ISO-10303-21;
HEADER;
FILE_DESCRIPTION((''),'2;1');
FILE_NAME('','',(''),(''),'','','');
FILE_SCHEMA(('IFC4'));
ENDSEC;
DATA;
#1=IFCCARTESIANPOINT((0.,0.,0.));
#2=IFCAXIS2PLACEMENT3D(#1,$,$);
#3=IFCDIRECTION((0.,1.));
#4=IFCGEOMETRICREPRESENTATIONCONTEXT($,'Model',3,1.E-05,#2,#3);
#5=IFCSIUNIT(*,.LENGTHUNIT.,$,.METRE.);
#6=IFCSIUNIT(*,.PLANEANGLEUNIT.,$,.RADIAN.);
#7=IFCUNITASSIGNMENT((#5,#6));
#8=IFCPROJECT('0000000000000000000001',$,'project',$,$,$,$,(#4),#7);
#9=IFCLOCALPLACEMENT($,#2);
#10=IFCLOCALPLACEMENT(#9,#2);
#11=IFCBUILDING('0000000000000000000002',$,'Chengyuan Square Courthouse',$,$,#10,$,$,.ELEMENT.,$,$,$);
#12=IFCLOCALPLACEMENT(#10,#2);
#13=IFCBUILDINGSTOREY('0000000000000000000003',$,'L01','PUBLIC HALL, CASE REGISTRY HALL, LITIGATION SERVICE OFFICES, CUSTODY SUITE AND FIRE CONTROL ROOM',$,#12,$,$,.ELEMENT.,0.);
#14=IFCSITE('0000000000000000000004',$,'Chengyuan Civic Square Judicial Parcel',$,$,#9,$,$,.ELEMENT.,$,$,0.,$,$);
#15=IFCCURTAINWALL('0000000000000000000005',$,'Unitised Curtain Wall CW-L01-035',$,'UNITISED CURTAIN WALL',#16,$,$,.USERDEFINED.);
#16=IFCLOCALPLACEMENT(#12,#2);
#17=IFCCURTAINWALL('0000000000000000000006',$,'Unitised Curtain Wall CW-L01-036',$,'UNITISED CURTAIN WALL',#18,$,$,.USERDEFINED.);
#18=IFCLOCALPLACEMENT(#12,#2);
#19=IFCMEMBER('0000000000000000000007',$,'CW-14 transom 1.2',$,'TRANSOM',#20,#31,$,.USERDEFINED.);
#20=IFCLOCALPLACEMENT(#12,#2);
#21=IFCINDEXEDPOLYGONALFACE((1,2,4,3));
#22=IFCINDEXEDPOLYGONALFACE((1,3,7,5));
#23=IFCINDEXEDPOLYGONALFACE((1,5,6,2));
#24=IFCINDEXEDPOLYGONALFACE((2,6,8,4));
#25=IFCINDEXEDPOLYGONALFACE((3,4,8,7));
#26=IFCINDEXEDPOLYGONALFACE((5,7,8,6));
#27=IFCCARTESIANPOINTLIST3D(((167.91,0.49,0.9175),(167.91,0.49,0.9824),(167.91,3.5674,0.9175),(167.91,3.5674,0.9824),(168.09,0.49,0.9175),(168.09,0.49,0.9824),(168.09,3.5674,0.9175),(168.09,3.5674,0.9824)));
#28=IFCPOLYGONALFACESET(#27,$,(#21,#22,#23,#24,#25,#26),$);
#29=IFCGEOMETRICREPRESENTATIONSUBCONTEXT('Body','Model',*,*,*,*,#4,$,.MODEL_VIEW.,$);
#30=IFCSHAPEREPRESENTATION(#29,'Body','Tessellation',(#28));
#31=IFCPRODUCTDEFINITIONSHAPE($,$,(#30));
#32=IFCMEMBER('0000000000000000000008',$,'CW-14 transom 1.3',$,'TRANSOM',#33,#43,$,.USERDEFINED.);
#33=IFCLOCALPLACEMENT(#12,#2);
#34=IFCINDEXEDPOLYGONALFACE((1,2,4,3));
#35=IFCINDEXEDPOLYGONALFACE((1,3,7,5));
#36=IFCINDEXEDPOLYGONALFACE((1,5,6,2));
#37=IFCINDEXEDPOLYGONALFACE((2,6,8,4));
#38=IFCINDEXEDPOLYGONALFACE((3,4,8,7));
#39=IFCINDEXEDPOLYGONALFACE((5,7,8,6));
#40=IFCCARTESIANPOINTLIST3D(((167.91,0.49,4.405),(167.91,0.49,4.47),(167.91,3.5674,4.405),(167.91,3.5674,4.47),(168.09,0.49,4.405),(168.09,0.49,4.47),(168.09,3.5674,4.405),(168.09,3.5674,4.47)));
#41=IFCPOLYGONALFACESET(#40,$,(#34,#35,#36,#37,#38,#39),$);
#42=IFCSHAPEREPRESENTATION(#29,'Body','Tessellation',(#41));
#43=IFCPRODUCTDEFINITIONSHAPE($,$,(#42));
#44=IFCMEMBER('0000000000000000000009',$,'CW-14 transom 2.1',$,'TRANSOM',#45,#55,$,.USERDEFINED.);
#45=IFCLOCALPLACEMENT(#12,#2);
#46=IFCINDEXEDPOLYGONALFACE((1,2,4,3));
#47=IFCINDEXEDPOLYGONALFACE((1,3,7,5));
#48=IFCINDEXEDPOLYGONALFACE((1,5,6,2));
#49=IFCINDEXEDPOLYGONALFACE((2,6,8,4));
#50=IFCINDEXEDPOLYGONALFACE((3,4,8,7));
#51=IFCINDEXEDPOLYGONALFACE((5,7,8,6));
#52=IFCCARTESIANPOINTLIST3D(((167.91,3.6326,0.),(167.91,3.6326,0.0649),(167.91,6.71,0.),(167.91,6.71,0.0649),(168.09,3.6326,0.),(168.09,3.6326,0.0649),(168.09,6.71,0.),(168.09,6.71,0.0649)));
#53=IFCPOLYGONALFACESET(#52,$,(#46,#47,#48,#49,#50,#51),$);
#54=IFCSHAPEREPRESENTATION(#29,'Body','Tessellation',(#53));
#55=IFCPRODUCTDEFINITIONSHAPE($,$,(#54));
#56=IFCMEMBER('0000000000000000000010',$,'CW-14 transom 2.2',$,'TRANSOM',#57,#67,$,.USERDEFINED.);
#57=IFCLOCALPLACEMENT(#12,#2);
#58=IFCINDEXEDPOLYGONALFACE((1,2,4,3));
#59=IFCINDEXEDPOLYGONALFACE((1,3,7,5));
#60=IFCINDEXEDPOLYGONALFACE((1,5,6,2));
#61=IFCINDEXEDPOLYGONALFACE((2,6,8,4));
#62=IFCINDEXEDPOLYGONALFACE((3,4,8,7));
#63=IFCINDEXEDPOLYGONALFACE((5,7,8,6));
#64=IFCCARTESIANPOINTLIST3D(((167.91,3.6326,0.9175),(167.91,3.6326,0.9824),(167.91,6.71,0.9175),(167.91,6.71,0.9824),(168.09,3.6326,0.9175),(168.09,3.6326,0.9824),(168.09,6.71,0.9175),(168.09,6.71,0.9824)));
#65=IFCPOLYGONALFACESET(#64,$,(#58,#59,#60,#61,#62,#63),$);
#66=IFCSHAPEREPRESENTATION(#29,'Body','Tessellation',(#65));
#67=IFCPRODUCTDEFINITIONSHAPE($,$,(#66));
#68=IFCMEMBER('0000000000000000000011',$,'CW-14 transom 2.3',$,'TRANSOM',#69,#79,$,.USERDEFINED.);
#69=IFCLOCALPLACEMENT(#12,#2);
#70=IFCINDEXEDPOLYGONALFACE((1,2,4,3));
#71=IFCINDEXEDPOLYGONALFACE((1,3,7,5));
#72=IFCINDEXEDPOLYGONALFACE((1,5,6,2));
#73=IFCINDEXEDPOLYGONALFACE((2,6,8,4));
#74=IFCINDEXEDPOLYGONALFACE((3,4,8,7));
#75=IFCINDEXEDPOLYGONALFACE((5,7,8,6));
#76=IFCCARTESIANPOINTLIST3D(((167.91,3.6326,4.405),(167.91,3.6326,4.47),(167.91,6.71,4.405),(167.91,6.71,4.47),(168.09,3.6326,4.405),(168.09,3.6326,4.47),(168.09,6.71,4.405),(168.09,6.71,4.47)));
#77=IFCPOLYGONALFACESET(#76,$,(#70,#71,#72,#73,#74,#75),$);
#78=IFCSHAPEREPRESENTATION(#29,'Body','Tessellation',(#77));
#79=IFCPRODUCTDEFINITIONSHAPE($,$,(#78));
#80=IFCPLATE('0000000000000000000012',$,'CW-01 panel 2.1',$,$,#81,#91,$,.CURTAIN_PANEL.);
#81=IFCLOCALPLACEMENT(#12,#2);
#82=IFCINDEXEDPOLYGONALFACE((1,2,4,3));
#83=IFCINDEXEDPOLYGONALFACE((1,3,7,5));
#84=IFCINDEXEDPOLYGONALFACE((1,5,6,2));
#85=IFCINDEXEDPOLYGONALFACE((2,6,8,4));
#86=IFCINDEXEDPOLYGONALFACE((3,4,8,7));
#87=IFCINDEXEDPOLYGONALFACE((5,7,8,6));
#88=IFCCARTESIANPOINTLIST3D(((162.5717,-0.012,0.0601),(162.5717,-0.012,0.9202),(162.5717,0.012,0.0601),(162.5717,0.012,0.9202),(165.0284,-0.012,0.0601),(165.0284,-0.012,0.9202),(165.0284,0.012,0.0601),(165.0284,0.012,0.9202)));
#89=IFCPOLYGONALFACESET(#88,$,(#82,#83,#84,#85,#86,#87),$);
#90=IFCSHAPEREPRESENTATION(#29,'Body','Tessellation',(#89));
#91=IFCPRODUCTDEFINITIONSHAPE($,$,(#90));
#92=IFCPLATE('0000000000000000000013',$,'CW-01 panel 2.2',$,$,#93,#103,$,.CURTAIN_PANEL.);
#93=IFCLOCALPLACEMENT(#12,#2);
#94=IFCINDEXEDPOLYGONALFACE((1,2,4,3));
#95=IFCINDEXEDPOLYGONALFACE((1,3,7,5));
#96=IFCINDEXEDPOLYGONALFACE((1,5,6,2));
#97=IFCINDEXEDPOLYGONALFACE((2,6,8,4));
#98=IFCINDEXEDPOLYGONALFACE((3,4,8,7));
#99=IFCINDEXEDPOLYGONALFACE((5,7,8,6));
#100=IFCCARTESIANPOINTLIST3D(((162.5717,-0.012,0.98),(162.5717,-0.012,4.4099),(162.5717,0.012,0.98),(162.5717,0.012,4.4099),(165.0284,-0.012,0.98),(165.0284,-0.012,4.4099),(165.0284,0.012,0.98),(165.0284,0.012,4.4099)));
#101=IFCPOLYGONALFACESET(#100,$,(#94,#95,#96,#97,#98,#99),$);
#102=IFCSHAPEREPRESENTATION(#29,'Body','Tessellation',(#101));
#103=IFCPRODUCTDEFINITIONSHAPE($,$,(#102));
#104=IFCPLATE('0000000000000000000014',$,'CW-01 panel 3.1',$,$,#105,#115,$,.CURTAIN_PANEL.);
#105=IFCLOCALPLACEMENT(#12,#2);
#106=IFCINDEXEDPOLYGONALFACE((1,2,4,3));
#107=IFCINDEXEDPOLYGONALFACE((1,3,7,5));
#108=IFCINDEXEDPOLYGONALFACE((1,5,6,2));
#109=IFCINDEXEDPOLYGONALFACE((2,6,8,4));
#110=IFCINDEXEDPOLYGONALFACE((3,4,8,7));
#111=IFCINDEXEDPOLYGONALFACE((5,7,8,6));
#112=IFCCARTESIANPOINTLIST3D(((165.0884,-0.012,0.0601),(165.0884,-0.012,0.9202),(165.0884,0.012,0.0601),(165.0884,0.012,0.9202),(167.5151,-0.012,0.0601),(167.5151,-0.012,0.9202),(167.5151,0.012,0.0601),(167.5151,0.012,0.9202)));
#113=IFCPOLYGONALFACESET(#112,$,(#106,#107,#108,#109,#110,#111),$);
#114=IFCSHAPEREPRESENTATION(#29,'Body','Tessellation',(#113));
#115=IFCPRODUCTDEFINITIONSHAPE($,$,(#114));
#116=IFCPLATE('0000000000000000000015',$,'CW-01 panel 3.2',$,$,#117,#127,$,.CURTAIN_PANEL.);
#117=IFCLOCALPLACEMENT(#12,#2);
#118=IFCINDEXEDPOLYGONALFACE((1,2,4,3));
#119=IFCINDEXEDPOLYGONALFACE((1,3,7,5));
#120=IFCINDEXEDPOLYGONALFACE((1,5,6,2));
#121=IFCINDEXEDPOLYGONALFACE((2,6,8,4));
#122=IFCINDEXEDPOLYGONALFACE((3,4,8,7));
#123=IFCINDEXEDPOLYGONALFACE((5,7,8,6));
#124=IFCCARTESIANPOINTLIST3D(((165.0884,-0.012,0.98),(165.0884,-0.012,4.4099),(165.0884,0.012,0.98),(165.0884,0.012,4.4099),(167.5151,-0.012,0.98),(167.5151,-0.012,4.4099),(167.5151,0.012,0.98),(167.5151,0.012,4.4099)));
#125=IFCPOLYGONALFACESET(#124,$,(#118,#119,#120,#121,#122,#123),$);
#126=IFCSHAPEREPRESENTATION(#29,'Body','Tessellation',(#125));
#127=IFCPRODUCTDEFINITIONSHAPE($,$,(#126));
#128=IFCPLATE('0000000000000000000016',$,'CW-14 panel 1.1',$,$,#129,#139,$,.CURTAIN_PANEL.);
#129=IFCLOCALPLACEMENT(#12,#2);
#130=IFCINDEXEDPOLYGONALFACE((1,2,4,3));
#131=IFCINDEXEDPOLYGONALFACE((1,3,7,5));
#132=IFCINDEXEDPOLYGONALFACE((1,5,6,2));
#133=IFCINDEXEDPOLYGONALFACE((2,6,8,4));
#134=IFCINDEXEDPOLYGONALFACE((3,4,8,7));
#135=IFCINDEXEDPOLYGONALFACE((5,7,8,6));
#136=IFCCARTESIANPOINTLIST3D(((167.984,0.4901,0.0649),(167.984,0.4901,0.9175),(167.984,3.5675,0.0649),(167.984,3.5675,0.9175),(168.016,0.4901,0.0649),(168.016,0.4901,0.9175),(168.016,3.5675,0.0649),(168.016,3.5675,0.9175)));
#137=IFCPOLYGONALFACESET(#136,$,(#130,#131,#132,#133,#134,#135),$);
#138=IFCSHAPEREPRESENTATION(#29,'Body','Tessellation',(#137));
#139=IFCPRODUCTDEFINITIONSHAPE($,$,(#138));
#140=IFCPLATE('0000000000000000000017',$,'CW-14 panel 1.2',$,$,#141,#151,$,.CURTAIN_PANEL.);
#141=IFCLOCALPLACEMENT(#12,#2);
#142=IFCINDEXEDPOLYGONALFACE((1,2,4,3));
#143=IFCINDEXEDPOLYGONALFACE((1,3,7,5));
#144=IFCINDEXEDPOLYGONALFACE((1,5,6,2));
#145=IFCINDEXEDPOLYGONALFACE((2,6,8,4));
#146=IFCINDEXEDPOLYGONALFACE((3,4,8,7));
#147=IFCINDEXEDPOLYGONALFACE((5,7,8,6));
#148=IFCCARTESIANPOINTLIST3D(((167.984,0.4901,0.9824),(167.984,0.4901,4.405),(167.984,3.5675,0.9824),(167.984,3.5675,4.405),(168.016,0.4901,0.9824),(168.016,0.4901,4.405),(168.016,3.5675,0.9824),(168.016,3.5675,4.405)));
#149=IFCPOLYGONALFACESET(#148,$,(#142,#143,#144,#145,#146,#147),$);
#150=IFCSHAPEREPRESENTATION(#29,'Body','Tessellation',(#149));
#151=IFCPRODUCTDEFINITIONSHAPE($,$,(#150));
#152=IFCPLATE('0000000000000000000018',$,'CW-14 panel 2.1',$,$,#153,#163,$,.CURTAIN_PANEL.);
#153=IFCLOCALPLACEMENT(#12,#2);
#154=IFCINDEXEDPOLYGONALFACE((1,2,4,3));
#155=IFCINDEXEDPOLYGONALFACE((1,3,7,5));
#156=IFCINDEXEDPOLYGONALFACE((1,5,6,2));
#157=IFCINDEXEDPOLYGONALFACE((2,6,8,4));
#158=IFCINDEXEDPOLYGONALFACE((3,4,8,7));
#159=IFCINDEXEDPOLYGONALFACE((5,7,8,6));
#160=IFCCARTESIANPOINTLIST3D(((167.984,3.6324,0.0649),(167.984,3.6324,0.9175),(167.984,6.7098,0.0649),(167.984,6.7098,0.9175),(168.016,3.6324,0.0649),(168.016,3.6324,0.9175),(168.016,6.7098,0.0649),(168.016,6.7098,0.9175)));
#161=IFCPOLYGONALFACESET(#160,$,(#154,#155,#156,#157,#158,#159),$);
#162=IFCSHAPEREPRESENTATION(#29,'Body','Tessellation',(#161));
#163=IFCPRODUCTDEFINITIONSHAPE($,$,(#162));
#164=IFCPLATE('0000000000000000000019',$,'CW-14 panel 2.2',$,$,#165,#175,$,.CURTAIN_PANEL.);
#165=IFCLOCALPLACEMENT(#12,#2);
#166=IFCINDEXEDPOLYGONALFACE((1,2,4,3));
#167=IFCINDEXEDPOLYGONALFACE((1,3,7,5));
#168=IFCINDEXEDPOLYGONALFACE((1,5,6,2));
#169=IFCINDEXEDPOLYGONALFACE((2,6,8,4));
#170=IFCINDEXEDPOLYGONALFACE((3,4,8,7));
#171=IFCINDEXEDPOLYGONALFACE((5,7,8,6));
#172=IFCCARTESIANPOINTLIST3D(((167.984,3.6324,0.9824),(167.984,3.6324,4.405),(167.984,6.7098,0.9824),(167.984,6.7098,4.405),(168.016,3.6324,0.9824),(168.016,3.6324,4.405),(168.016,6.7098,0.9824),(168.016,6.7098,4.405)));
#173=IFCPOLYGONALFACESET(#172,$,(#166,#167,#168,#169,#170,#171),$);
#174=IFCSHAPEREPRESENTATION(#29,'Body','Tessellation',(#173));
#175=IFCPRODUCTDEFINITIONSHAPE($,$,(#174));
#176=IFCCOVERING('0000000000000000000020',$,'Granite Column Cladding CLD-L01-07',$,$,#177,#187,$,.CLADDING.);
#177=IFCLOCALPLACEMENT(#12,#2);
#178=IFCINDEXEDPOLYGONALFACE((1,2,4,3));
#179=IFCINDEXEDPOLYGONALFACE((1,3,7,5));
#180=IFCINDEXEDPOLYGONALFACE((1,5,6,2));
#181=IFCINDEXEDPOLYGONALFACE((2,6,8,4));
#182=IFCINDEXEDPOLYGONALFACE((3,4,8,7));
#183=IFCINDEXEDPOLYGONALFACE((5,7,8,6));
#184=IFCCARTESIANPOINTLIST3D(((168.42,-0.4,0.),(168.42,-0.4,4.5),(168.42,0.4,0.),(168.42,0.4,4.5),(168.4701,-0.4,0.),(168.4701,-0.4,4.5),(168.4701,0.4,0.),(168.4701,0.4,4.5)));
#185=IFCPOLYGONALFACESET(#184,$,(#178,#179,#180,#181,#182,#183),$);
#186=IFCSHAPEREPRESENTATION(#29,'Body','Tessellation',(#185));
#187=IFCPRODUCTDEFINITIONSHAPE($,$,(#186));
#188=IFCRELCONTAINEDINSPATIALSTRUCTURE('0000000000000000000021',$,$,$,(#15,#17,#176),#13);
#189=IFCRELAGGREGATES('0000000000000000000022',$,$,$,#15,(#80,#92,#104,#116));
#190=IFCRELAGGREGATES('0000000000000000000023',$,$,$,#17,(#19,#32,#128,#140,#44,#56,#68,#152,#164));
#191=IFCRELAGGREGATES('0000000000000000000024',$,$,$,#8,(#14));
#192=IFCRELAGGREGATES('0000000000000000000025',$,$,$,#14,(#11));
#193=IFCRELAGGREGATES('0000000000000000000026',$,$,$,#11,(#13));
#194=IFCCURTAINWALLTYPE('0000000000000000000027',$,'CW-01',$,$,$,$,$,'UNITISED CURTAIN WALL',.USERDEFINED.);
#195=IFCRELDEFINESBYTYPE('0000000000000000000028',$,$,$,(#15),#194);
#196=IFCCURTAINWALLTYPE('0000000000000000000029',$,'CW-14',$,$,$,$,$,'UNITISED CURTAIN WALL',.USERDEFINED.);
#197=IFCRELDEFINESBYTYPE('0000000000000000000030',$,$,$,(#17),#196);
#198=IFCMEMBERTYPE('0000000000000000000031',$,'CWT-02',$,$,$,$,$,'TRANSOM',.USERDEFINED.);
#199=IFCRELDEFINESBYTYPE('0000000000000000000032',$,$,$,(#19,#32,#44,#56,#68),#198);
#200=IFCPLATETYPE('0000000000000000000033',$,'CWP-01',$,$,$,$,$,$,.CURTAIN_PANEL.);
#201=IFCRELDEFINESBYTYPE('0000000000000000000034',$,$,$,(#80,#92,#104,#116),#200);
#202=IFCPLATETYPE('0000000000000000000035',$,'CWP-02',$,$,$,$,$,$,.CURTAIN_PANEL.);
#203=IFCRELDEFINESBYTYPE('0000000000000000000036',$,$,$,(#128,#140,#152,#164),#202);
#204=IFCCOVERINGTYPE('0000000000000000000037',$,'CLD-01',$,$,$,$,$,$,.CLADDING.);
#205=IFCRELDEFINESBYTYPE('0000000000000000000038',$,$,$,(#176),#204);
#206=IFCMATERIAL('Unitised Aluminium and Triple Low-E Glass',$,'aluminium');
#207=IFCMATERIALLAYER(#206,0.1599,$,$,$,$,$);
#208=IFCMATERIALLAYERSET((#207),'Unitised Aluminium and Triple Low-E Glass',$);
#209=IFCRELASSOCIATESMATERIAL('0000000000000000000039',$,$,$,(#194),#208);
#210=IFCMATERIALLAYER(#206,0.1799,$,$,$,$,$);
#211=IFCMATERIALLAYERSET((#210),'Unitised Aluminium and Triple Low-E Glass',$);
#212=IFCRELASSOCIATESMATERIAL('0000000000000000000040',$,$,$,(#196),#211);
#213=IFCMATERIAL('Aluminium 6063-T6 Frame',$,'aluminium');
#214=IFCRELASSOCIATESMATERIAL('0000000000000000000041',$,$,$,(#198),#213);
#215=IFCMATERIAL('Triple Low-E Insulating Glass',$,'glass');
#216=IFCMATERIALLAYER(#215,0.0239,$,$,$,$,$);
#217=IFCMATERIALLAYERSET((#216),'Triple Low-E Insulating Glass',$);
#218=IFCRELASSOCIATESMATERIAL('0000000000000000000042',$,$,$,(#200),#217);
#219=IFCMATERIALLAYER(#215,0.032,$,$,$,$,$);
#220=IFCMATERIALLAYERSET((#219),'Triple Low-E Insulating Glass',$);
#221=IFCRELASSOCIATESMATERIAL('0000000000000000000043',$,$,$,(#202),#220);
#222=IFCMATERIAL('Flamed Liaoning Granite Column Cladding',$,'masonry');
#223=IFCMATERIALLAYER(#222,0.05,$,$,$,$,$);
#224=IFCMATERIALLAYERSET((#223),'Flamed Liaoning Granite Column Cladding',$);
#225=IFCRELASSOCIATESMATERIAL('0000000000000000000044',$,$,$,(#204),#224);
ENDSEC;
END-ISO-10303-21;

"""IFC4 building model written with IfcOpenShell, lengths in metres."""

from ifc_helpers import new_model, si_unit, direction, frame, origin, origin_2d, place, context, subcontext, project, spatial, rectangle, extrude, material, layer, layer_set, material_profile, profile_set, type_object, element, aggregate, save


model = new_model("IFC4")

# Units and contexts
model_context = context("Model", 3, precision=1e-05, world=origin(), true_north=direction((0.0, 1.0)))
body_context = subcontext(model_context, "Body", "Model", "MODEL_VIEW")
ifc_project = project(units=[si_unit("LENGTHUNIT", "METRE"), si_unit("PLANEANGLEUNIT", "RADIAN")], contexts=[model_context])

# Site, building, storey
site_placement = place(None, origin())
site = spatial("IfcSite", under=ifc_project, at=site_placement, Name="Chengyuan Civic Square Judicial Parcel", CompositionType="ELEMENT", RefElevation=0.0)
building_placement = place(site_placement, origin())
building = spatial("IfcBuilding", under=site, at=building_placement, Name="Chengyuan Square Courthouse", CompositionType="ELEMENT")
storey_placement = place(building_placement, origin())
storey = spatial("IfcBuildingStorey", under=building, at=storey_placement, Name="L01", Description="PUBLIC HALL, CASE REGISTRY HALL, LITIGATION SERVICE OFFICES, CUSTODY SUITE AND FIRE CONTROL ROOM", CompositionType="ELEMENT", Elevation=0.0)

# Curtain walls
ifc_material_1 = material(Name="Unitised Aluminium and Triple Low-E Glass", Category="aluminium")
ifc_layer_1 = layer(ifc_material_1, 0.1599)
ifc_layer_set_1 = layer_set([ifc_layer_1], Name="Unitised Aluminium and Triple Low-E Glass")
curtain_wall_type_1 = type_object("IfcCurtainWallType", Name="CW-01", ElementType="UNITISED CURTAIN WALL", PredefinedType="USERDEFINED", material=ifc_layer_set_1)
curtain_wall_1_placement = place(storey_placement, origin())
curtain_wall_1 = element("IfcCurtainWall", 1, at=curtain_wall_1_placement, inside=storey, type_object=curtain_wall_type_1, Name="Unitised Curtain Wall CW-L01-035", ObjectType="UNITISED CURTAIN WALL", PredefinedType="USERDEFINED")
ifc_material_2 = material(Name="Aluminium 6063-T6 Frame", Category="aluminium")
ifc_layer_2 = layer(ifc_material_1, 0.1799)
ifc_layer_set_2 = layer_set([ifc_layer_2], Name="Unitised Aluminium and Triple Low-E Glass")
curtain_wall_type_2 = type_object("IfcCurtainWallType", Name="CW-14", ElementType="UNITISED CURTAIN WALL", PredefinedType="USERDEFINED", material=ifc_layer_set_2)
curtain_wall_2_placement = place(storey_placement, origin())
curtain_wall_2 = element("IfcCurtainWall", 2, at=curtain_wall_2_placement, inside=storey, type_object=curtain_wall_type_2, Name="Unitised Curtain Wall CW-L01-036", ObjectType="UNITISED CURTAIN WALL", PredefinedType="USERDEFINED")

# Members
ifc_material_profile_1 = material_profile(ifc_material_2, rectangle(XDim=0.1799, YDim=0.0649, at=origin_2d()), Name="CW-TRN-65x140")
ifc_profile_set_1 = profile_set([ifc_material_profile_1], Name="Aluminium 6063-T6 Frame")
member_type_1 = type_object("IfcMemberType", Name="CWT-02", ElementType="TRANSOM", PredefinedType="USERDEFINED", material=ifc_profile_set_1)
member_1_placement = place(storey_placement, frame((168.0, 0.49, 0.95), z_axis=(0.0, 1.0, 0.0), x_axis=(-1.0, 0.0, 0.0)))
member_1 = element("IfcMember", 3, at=member_1_placement, type_object=member_type_1, Name="CW-14 transom 1.2", ObjectType="TRANSOM", PredefinedType="USERDEFINED", context=body_context, shape_type="SweptSolid", body=[
    extrude(rectangle(XDim=0.1799, YDim=0.0649, at=origin_2d()), origin(), (0.0, 0.0, 1.0), 3.0774),
])
member_2_placement = place(storey_placement, frame((168.0, 0.49, 4.4375), z_axis=(0.0, 1.0, 0.0), x_axis=(-1.0, 0.0, 0.0)))
member_2 = element("IfcMember", 4, at=member_2_placement, type_object=member_type_1, Name="CW-14 transom 1.3", ObjectType="TRANSOM", PredefinedType="USERDEFINED", context=body_context, shape_type="SweptSolid", body=[
    extrude(rectangle(XDim=0.1799, YDim=0.0649, at=origin_2d()), origin(), (0.0, 0.0, 1.0), 3.0774),
])
member_3_placement = place(storey_placement, frame((168.0, 3.6326, 0.0325), z_axis=(0.0, 1.0, 0.0), x_axis=(-1.0, 0.0, 0.0)))
member_3 = element("IfcMember", 5, at=member_3_placement, type_object=member_type_1, Name="CW-14 transom 2.1", ObjectType="TRANSOM", PredefinedType="USERDEFINED", context=body_context, shape_type="SweptSolid", body=[
    extrude(rectangle(XDim=0.1799, YDim=0.0649, at=origin_2d()), origin(), (0.0, 0.0, 1.0), 3.0774),
])
member_4_placement = place(storey_placement, frame((168.0, 3.6326, 0.95), z_axis=(0.0, 1.0, 0.0), x_axis=(-1.0, 0.0, 0.0)))
member_4 = element("IfcMember", 6, at=member_4_placement, type_object=member_type_1, Name="CW-14 transom 2.2", ObjectType="TRANSOM", PredefinedType="USERDEFINED", context=body_context, shape_type="SweptSolid", body=[
    extrude(rectangle(XDim=0.1799, YDim=0.0649, at=origin_2d()), origin(), (0.0, 0.0, 1.0), 3.0774),
])
member_5_placement = place(storey_placement, frame((168.0, 3.6326, 4.4375), z_axis=(0.0, 1.0, 0.0), x_axis=(-1.0, 0.0, 0.0)))
member_5 = element("IfcMember", 7, at=member_5_placement, type_object=member_type_1, Name="CW-14 transom 2.3", ObjectType="TRANSOM", PredefinedType="USERDEFINED", context=body_context, shape_type="SweptSolid", body=[
    extrude(rectangle(XDim=0.1799, YDim=0.0649, at=origin_2d()), origin(), (0.0, 0.0, 1.0), 3.0774),
])

# Plates
ifc_material_3 = material(Name="Triple Low-E Insulating Glass", Category="glass")
ifc_layer_3 = layer(ifc_material_3, 0.0239)
ifc_layer_set_3 = layer_set([ifc_layer_3], Name="Triple Low-E Insulating Glass")
plate_type_1 = type_object("IfcPlateType", Name="CWP-01", PredefinedType="CURTAIN_PANEL", material=ifc_layer_set_3)
plate_1_placement = place(storey_placement, frame((163.8, 0.0, 0.0601), z_axis=(0.0, 0.0, 1.0), x_axis=(1.0, 0.0, 0.0)))
plate_1 = element("IfcPlate", 8, at=plate_1_placement, type_object=plate_type_1, Name="CW-01 panel 2.1", PredefinedType="CURTAIN_PANEL", context=body_context, shape_type="SweptSolid", body=[
    extrude(rectangle(XDim=2.4568, YDim=0.0239, at=origin_2d()), origin(), (0.0, 0.0, 1.0), 0.8601),
])
plate_2_placement = place(storey_placement, frame((163.8, 0.0, 0.98), z_axis=(0.0, 0.0, 1.0), x_axis=(1.0, 0.0, 0.0)))
plate_2 = element("IfcPlate", 9, at=plate_2_placement, type_object=plate_type_1, Name="CW-01 panel 2.2", PredefinedType="CURTAIN_PANEL", context=body_context, shape_type="SweptSolid", body=[
    extrude(rectangle(XDim=2.4568, YDim=0.0239, at=origin_2d()), origin(), (0.0, 0.0, 1.0), 3.4299),
])
plate_3_placement = place(storey_placement, frame((166.3018, 0.0, 0.0601), z_axis=(0.0, 0.0, 1.0), x_axis=(1.0, 0.0, 0.0)))
plate_3 = element("IfcPlate", 10, at=plate_3_placement, type_object=plate_type_1, Name="CW-01 panel 3.1", PredefinedType="CURTAIN_PANEL", context=body_context, shape_type="SweptSolid", body=[
    extrude(rectangle(XDim=2.4268, YDim=0.0239, at=origin_2d()), origin(), (0.0, 0.0, 1.0), 0.8601),
])
plate_4_placement = place(storey_placement, frame((166.3018, 0.0, 0.98), z_axis=(0.0, 0.0, 1.0), x_axis=(1.0, 0.0, 0.0)))
plate_4 = element("IfcPlate", 11, at=plate_4_placement, type_object=plate_type_1, Name="CW-01 panel 3.2", PredefinedType="CURTAIN_PANEL", context=body_context, shape_type="SweptSolid", body=[
    extrude(rectangle(XDim=2.4268, YDim=0.0239, at=origin_2d()), origin(), (0.0, 0.0, 1.0), 3.4299),
])
aggregate(curtain_wall_1, [plate_1, plate_2, plate_3, plate_4])
ifc_layer_4 = layer(ifc_material_3, 0.032)
ifc_layer_set_4 = layer_set([ifc_layer_4], Name="Triple Low-E Insulating Glass")
plate_type_2 = type_object("IfcPlateType", Name="CWP-02", PredefinedType="CURTAIN_PANEL", material=ifc_layer_set_4)
plate_5_placement = place(storey_placement, frame((168.0, 2.0288, 0.0649), z_axis=(0.0, 0.0, 1.0), x_axis=(0.0, 1.0, 0.0)))
plate_5 = element("IfcPlate", 12, at=plate_5_placement, type_object=plate_type_2, Name="CW-14 panel 1.1", PredefinedType="CURTAIN_PANEL", context=body_context, shape_type="SweptSolid", body=[
    extrude(rectangle(XDim=3.0774, YDim=0.032, at=origin_2d()), origin(), (0.0, 0.0, 1.0), 0.8525),
])
plate_6_placement = place(storey_placement, frame((168.0, 2.0288, 0.9824), z_axis=(0.0, 0.0, 1.0), x_axis=(0.0, 1.0, 0.0)))
plate_6 = element("IfcPlate", 13, at=plate_6_placement, type_object=plate_type_2, Name="CW-14 panel 1.2", PredefinedType="CURTAIN_PANEL", context=body_context, shape_type="SweptSolid", body=[
    extrude(rectangle(XDim=3.0774, YDim=0.032, at=origin_2d()), origin(), (0.0, 0.0, 1.0), 3.4226),
])
plate_7_placement = place(storey_placement, frame((168.0, 5.1711, 0.0649), z_axis=(0.0, 0.0, 1.0), x_axis=(0.0, 1.0, 0.0)))
plate_7 = element("IfcPlate", 14, at=plate_7_placement, type_object=plate_type_2, Name="CW-14 panel 2.1", PredefinedType="CURTAIN_PANEL", context=body_context, shape_type="SweptSolid", body=[
    extrude(rectangle(XDim=3.0774, YDim=0.032, at=origin_2d()), origin(), (0.0, 0.0, 1.0), 0.8525),
])
plate_8_placement = place(storey_placement, frame((168.0, 5.1711, 0.9824), z_axis=(0.0, 0.0, 1.0), x_axis=(0.0, 1.0, 0.0)))
plate_8 = element("IfcPlate", 15, at=plate_8_placement, type_object=plate_type_2, Name="CW-14 panel 2.2", PredefinedType="CURTAIN_PANEL", context=body_context, shape_type="SweptSolid", body=[
    extrude(rectangle(XDim=3.0774, YDim=0.032, at=origin_2d()), origin(), (0.0, 0.0, 1.0), 3.4226),
])
aggregate(curtain_wall_2, [member_1, member_2, plate_5, plate_6, member_3, member_4, member_5, plate_7, plate_8])

# Covering
ifc_material_4 = material(Name="Flamed Liaoning Granite Column Cladding", Category="masonry")
ifc_layer_5 = layer(ifc_material_4, 0.05)
ifc_layer_set_5 = layer_set([ifc_layer_5], Name="Flamed Liaoning Granite Column Cladding")
covering_type = type_object("IfcCoveringType", Name="CLD-01", PredefinedType="CLADDING", material=ifc_layer_set_5)
covering_placement = place(storey_placement, frame((168.4451, 0.0, 0.0), z_axis=(0.0, 0.0, 1.0), x_axis=(1.0, 0.0, 0.0)))
element("IfcCovering", 16, at=covering_placement, inside=storey, type_object=covering_type, Name="Granite Column Cladding CLD-L01-07", PredefinedType="CLADDING", context=body_context, shape_type="SweptSolid", body=[
    extrude(rectangle(XDim=0.05, YDim=0.8, at=origin_2d()), origin(), (0.0, 0.0, 1.0), 4.5),
])

save(model, "model.ifc")
